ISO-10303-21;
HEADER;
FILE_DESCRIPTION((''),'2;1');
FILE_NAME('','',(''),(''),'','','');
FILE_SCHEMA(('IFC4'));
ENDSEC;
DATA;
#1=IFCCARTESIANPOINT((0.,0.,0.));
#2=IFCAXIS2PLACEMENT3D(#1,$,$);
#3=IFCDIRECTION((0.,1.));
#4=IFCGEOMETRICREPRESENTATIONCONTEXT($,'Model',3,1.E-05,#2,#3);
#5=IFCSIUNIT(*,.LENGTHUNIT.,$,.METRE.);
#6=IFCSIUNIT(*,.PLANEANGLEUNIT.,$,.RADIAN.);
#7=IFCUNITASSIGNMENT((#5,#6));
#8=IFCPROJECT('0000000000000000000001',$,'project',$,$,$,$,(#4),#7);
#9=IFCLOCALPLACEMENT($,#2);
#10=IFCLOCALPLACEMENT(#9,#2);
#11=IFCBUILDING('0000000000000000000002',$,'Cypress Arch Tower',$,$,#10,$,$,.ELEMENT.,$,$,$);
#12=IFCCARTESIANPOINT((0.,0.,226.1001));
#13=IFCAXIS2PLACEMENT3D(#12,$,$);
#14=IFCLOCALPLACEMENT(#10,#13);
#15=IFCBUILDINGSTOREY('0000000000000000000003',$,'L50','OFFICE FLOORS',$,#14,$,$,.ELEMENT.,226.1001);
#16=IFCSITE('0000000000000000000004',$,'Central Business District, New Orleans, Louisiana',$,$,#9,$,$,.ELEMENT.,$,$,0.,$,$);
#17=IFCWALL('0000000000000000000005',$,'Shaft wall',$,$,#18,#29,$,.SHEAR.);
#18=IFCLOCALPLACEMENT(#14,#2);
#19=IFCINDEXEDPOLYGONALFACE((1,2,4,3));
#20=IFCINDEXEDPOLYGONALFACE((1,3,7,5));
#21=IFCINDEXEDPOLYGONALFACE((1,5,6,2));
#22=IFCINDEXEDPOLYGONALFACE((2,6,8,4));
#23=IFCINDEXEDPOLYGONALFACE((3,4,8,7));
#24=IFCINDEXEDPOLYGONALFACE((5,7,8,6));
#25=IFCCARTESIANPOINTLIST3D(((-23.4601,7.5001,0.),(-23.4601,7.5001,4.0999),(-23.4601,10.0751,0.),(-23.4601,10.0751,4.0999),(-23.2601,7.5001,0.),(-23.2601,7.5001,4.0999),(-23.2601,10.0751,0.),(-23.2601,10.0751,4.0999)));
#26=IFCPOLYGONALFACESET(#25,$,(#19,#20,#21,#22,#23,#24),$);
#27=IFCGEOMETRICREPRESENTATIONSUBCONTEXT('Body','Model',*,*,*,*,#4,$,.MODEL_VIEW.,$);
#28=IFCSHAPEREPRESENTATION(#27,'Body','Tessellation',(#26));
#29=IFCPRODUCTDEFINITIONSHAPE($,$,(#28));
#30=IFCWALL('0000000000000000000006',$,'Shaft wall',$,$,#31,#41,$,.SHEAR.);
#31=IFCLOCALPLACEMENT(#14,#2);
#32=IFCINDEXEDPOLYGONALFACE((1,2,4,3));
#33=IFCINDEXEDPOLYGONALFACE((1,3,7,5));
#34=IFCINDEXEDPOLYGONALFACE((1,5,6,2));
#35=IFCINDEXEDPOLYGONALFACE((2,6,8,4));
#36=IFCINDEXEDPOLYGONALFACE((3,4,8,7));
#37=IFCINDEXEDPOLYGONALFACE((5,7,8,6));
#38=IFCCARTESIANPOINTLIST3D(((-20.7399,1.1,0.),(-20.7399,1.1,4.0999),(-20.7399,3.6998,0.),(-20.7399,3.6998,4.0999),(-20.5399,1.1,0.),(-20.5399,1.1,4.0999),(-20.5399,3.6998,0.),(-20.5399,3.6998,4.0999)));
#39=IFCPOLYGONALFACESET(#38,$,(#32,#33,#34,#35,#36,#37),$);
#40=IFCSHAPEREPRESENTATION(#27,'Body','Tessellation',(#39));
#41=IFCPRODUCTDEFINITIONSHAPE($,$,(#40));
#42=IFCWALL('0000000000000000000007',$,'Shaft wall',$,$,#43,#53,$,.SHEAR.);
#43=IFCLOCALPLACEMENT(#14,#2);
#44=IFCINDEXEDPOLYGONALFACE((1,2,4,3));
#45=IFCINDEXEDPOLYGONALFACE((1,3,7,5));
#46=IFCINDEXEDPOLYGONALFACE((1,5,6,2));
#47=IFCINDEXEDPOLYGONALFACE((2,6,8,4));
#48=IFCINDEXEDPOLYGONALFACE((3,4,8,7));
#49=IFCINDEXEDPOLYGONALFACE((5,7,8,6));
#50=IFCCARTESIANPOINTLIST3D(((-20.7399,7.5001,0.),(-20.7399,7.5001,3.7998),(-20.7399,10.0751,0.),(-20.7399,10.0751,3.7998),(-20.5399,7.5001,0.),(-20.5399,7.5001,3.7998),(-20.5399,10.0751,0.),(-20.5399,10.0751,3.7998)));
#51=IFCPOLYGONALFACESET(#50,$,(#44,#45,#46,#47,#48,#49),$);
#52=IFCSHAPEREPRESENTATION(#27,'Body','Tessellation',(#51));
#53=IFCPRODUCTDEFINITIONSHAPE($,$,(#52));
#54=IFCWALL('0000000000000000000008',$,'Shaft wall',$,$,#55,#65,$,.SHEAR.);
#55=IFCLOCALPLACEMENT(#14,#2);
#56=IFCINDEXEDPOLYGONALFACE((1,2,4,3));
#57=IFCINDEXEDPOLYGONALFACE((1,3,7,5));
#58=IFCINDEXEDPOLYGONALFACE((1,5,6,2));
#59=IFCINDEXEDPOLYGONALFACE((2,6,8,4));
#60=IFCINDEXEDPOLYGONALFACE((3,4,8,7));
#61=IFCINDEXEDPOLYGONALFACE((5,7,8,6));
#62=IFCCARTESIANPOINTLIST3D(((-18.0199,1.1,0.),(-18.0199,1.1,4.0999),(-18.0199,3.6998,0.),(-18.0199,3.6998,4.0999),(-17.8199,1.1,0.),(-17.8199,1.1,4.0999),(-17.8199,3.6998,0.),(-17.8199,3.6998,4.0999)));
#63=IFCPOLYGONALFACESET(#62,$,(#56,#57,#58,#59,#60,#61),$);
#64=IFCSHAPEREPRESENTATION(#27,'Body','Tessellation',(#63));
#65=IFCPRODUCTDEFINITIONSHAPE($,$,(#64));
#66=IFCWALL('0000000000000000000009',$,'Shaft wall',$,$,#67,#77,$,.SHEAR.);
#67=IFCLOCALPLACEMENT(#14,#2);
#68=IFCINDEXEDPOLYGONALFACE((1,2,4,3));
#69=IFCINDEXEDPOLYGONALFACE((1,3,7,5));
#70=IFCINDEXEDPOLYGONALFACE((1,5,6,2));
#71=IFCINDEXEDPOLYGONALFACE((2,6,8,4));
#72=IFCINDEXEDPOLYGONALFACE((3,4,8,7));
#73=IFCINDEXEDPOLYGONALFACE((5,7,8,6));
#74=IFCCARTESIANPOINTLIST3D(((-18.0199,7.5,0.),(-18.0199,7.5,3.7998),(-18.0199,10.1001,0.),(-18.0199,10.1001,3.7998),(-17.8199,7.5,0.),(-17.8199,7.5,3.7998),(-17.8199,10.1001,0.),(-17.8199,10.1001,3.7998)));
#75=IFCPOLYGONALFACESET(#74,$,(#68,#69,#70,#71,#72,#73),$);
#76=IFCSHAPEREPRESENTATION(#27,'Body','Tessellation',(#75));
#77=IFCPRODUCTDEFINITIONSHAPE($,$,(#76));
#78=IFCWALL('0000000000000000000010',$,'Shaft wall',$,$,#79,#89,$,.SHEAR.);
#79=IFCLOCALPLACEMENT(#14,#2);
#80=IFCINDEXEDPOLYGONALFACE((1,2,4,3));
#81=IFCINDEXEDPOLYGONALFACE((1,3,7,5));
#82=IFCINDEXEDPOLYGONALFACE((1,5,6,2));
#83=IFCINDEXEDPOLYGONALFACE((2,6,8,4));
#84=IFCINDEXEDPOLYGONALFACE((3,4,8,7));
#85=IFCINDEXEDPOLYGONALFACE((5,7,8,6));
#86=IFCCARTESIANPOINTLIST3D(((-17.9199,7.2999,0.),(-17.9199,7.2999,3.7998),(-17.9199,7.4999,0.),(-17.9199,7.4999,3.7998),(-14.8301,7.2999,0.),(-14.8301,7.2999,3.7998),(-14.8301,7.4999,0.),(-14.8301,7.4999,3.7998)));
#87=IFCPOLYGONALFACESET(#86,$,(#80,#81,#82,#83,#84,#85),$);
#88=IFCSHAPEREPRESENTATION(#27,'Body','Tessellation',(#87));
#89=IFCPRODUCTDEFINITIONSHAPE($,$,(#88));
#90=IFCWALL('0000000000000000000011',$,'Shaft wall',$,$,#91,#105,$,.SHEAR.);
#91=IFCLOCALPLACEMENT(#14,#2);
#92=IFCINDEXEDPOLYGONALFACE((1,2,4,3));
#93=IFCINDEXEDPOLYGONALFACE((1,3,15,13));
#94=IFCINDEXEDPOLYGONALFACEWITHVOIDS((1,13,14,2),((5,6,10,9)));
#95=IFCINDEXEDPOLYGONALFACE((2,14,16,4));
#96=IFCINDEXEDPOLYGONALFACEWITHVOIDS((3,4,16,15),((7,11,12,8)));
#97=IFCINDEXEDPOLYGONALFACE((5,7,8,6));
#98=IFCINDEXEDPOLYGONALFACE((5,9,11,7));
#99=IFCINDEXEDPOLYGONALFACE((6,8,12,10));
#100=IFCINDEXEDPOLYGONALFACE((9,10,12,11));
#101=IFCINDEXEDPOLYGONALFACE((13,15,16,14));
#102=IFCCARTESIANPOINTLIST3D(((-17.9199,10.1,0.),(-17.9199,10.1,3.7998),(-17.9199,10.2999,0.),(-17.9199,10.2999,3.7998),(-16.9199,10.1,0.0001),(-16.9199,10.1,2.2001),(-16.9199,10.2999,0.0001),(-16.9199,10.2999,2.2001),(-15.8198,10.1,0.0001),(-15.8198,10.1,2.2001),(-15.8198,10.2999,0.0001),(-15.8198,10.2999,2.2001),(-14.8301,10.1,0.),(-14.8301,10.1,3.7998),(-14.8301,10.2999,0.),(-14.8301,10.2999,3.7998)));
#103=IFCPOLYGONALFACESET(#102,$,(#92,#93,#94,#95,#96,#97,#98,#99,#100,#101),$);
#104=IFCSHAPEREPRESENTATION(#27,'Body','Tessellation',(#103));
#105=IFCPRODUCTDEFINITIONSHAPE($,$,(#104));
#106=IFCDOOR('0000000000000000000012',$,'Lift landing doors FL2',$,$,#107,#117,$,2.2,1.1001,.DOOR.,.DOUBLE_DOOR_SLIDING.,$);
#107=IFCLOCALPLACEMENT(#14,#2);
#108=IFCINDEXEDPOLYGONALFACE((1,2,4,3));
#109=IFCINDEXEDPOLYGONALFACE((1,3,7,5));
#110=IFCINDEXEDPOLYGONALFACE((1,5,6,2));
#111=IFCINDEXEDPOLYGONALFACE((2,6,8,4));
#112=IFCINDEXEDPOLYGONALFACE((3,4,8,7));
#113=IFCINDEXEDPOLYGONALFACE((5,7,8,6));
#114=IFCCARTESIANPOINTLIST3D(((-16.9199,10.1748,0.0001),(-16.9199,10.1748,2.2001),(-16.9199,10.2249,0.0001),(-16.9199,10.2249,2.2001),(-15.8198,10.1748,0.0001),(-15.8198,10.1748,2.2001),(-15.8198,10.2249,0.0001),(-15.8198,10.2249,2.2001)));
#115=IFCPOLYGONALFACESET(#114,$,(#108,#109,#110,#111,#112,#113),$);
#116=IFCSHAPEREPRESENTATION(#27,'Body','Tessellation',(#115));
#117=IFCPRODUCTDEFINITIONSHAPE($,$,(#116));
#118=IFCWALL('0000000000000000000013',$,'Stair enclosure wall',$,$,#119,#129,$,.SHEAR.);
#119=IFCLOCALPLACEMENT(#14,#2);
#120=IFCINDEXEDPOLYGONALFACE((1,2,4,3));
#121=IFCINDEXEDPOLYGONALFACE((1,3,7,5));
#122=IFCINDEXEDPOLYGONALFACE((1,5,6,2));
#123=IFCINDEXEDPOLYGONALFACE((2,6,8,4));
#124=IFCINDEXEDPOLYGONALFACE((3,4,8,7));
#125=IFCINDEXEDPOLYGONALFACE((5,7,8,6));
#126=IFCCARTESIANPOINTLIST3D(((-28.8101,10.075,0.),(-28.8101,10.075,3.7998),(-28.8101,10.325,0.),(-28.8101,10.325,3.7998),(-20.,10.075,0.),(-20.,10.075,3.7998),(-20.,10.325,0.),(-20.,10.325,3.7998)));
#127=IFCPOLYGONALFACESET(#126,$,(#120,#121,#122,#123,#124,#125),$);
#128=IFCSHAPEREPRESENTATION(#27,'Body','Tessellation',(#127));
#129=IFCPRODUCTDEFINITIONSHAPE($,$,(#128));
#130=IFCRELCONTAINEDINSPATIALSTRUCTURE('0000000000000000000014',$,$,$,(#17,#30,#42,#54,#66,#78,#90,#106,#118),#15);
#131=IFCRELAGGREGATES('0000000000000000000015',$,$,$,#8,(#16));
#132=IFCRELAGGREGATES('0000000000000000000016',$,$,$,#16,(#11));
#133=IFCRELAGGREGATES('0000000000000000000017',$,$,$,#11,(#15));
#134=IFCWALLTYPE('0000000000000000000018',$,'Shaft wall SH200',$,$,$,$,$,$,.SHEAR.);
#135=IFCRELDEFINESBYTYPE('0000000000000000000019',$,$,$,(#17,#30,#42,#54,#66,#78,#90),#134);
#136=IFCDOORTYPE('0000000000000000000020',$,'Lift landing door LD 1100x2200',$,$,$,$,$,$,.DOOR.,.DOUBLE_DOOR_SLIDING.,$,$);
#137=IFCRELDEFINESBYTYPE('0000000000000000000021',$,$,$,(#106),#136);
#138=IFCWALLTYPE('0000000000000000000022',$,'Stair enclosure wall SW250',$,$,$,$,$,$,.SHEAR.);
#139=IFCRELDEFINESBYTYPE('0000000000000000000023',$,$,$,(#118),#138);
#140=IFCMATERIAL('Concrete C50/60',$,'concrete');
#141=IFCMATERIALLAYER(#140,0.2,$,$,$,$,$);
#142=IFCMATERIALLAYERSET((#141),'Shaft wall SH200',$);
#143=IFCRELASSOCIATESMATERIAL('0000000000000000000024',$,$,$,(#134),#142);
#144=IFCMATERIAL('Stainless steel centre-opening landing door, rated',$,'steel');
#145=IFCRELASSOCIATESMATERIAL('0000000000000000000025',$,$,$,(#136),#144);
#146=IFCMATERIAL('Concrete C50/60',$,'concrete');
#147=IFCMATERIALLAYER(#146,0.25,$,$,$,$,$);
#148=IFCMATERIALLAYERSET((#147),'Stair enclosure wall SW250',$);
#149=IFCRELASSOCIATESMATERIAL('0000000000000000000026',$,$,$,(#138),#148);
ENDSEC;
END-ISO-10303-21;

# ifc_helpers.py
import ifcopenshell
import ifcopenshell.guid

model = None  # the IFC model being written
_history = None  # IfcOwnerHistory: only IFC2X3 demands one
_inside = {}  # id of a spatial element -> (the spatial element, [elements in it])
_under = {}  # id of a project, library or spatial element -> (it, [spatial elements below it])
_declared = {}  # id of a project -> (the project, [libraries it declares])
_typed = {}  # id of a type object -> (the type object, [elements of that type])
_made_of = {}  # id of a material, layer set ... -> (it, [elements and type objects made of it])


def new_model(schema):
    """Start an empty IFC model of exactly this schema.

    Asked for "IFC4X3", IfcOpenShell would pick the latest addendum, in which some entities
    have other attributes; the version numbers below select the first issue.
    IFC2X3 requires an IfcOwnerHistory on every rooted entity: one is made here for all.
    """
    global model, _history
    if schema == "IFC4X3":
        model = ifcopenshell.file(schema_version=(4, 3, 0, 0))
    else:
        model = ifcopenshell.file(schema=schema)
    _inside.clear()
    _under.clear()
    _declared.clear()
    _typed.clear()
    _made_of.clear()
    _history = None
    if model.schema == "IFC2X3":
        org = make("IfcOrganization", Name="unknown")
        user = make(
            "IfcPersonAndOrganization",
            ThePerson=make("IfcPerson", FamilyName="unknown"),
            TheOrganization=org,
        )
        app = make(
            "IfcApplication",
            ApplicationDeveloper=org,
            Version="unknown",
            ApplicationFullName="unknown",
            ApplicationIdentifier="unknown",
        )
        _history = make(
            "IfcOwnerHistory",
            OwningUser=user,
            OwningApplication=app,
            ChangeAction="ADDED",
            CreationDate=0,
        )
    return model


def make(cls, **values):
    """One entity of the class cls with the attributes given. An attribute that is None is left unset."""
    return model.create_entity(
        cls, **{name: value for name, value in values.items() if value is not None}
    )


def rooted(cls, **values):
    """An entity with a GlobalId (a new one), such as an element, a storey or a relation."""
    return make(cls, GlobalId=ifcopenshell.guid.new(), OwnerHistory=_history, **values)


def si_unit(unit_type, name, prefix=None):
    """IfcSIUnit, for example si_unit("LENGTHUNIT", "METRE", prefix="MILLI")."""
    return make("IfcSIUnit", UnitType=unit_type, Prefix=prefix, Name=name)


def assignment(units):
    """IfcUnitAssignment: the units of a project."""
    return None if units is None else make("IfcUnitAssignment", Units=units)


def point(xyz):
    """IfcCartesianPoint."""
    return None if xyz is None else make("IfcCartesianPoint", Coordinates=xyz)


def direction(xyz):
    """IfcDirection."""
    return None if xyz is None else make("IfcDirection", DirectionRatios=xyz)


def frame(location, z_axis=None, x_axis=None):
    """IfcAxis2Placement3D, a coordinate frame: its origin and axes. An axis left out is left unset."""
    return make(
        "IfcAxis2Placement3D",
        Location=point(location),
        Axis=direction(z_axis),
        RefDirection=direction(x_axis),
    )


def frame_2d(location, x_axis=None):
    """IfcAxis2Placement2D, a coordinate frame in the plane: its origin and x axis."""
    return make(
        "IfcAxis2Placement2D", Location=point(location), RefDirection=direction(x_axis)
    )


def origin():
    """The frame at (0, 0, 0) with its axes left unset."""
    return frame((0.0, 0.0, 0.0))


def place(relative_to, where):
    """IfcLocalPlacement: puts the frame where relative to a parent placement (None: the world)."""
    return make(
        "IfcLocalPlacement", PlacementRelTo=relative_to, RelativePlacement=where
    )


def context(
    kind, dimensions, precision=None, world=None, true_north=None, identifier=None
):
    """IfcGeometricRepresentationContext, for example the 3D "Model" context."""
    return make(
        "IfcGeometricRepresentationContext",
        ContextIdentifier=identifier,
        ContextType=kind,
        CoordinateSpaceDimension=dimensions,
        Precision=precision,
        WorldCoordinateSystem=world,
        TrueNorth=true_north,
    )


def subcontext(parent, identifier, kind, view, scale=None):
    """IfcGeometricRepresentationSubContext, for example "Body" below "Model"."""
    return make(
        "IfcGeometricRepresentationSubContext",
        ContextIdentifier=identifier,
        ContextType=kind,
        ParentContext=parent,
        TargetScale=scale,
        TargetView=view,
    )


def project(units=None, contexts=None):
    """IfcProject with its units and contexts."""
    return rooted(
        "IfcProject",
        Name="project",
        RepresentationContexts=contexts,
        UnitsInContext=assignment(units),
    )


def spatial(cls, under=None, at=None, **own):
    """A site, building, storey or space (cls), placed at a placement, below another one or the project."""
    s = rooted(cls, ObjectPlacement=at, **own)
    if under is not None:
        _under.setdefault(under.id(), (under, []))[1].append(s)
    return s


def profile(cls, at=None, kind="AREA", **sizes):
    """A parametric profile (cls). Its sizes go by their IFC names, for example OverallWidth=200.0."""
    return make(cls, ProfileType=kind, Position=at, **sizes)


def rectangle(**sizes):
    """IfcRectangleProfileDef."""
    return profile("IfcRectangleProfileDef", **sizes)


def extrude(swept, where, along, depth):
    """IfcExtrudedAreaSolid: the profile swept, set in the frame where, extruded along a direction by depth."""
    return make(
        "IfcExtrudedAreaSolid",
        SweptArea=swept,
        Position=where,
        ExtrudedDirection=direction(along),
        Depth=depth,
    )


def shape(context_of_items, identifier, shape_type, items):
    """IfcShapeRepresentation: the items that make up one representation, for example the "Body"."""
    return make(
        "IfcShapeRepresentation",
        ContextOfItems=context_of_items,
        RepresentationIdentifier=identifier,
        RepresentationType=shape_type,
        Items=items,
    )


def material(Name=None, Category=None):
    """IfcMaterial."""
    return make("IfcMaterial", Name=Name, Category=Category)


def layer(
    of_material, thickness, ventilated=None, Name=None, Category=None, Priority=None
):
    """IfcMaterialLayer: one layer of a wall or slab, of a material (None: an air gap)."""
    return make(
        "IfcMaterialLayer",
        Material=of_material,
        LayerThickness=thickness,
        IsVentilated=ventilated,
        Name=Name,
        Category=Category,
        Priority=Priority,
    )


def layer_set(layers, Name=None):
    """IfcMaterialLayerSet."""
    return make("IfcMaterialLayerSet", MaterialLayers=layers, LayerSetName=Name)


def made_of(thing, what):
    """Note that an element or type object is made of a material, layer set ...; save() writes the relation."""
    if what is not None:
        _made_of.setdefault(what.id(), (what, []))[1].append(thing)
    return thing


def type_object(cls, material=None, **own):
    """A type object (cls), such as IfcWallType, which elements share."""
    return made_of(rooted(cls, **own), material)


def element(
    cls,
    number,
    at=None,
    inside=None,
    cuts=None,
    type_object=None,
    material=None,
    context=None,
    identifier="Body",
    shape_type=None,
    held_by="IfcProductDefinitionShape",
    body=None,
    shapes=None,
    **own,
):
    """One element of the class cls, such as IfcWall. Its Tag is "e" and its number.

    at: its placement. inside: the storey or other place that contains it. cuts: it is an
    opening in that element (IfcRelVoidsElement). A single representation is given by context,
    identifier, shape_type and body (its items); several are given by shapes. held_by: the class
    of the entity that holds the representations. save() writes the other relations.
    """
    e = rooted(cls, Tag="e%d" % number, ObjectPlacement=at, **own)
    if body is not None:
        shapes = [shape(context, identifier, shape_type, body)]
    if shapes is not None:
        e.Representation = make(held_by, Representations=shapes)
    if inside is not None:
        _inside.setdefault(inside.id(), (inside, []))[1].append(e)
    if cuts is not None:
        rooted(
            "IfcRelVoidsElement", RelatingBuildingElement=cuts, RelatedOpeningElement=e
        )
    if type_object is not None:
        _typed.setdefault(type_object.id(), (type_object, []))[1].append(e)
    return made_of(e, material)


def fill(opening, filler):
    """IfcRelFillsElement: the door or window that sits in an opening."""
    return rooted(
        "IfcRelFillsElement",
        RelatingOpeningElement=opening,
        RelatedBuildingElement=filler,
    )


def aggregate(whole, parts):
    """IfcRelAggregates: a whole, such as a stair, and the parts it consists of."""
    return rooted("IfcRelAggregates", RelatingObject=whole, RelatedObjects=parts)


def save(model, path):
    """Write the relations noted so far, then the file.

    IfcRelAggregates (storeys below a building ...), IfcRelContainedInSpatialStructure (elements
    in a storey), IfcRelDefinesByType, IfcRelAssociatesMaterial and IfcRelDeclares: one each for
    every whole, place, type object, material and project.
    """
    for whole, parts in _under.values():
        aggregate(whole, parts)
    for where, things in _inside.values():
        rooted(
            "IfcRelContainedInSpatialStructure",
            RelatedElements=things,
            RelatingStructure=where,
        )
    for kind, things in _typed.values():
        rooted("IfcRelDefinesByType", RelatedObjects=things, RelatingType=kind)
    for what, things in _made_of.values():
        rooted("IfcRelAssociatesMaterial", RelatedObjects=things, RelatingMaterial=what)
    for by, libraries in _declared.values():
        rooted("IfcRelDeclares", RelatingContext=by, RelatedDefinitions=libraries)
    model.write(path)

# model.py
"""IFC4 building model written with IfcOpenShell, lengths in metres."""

from ifc_helpers import new_model, si_unit, direction, frame, frame_2d, origin, place, context, subcontext, project, spatial, rectangle, extrude, material, layer, layer_set, type_object, element, fill, save


model = new_model("IFC4")

# Units and contexts
model_context = context("Model", 3, precision=1e-05, world=origin(), true_north=direction((0.0, 1.0)))
body_context = subcontext(model_context, "Body", "Model", "MODEL_VIEW")
ifc_project = project(units=[si_unit("LENGTHUNIT", "METRE"), si_unit("PLANEANGLEUNIT", "RADIAN")], contexts=[model_context])

# Site, building, storey
site_placement = place(None, origin())
site = spatial("IfcSite", under=ifc_project, at=site_placement, Name="Central Business District, New Orleans, Louisiana", CompositionType="ELEMENT", RefElevation=0.0)
building_placement = place(site_placement, origin())
building = spatial("IfcBuilding", under=site, at=building_placement, Name="Cypress Arch Tower", CompositionType="ELEMENT")
storey_placement = place(building_placement, frame((0.0, 0.0, 226.1001)))
storey = spatial("IfcBuildingStorey", under=building, at=storey_placement, Name="L50", Description="OFFICE FLOORS", CompositionType="ELEMENT", Elevation=226.1001)

# Shared definitions
ifc_material_1 = material(Name="Concrete C50/60", Category="concrete")
ifc_layer_1 = layer(ifc_material_1, 0.2)
ifc_layer_set_1 = layer_set([ifc_layer_1], Name="Shaft wall SH200")
wall_type_1 = type_object("IfcWallType", Name="Shaft wall SH200", PredefinedType="SHEAR", material=ifc_layer_set_1)
ifc_material_2 = material(Name="Stainless steel centre-opening landing door, rated", Category="steel")
door_type_1 = type_object("IfcDoorType", Name="Lift landing door LD 1100x2200", OperationType="DOUBLE_DOOR_SLIDING", PredefinedType="DOOR", material=ifc_material_2)

# Walls
for number, where, z_axis, x_axis, name in (
    (1, (-23.3601, 7.5, 0.0), (0.0, 0.0, 1.0), (0.0, 1.0, 0.0), "Shaft wall"),
):
    element("IfcWall", number, at=place(storey_placement, frame(where, z_axis=z_axis, x_axis=x_axis)), inside=storey, type_object=wall_type_1, Name=name, PredefinedType="SHEAR", context=body_context, shape_type="SweptSolid", body=[
        extrude(rectangle(XDim=2.575, YDim=0.2, at=frame_2d((1.2876, 0.0))), origin(), (0.0, 0.0, 1.0), 4.0999),
    ])
wall_1_placement = place(storey_placement, frame((-20.6399, 1.1001, 0.0), z_axis=(0.0, 0.0, 1.0), x_axis=(0.0, 1.0, 0.0)))
element("IfcWall", 2, at=wall_1_placement, inside=storey, type_object=wall_type_1, Name="Shaft wall", PredefinedType="SHEAR", context=body_context, shape_type="SweptSolid", body=[
    extrude(rectangle(XDim=2.5999, YDim=0.2, at=frame_2d((1.2998, 0.0))), origin(), (0.0, 0.0, 1.0), 4.0999),
])
wall_2_placement = place(storey_placement, frame((-20.6399, 7.5, 0.0), z_axis=(0.0, 0.0, 1.0), x_axis=(0.0, 1.0, 0.0)))
element("IfcWall", 3, at=wall_2_placement, inside=storey, type_object=wall_type_1, Name="Shaft wall", PredefinedType="SHEAR", context=body_context, shape_type="SweptSolid", body=[
    extrude(rectangle(XDim=2.575, YDim=0.2, at=frame_2d((1.2876, 0.0))), origin(), (0.0, 0.0, 1.0), 3.7998),
])
wall_3_placement = place(storey_placement, frame((-17.9199, 1.1001, 0.0), z_axis=(0.0, 0.0, 1.0), x_axis=(0.0, 1.0, 0.0)))
element("IfcWall", 4, at=wall_3_placement, inside=storey, type_object=wall_type_1, Name="Shaft wall", PredefinedType="SHEAR", context=body_context, shape_type="SweptSolid", body=[
    extrude(rectangle(XDim=2.5999, YDim=0.2, at=frame_2d((1.2998, 0.0))), origin(), (0.0, 0.0, 1.0), 4.0999),
])
wall_4_placement = place(storey_placement, frame((-17.9199, 7.5, 0.0), z_axis=(0.0, 0.0, 1.0), x_axis=(0.0, 1.0, 0.0)))
element("IfcWall", 5, at=wall_4_placement, inside=storey, type_object=wall_type_1, Name="Shaft wall", PredefinedType="SHEAR", context=body_context, shape_type="SweptSolid", body=[
    extrude(rectangle(XDim=2.6001, YDim=0.2, at=frame_2d((1.3, 0.0))), origin(), (0.0, 0.0, 1.0), 3.7998),
])
wall_5_placement = place(storey_placement, frame((-17.9199, 7.3999, 0.0), z_axis=(0.0, 0.0, 1.0), x_axis=(1.0, 0.0, 0.0)))
element("IfcWall", 6, at=wall_5_placement, inside=storey, type_object=wall_type_1, Name="Shaft wall", PredefinedType="SHEAR", context=body_context, shape_type="SweptSolid", body=[
    extrude(rectangle(XDim=3.0898, YDim=0.2, at=frame_2d((1.5449, 0.0))), origin(), (0.0, 0.0, 1.0), 3.7998),
])

# Wall, opening, door
wall_6_placement = place(storey_placement, frame((-17.9199, 10.2, 0.0), z_axis=(0.0, 0.0, 1.0), x_axis=(1.0, 0.0, 0.0)))
wall_6 = element("IfcWall", 7, at=wall_6_placement, inside=storey, type_object=wall_type_1, Name="Shaft wall", PredefinedType="SHEAR", context=body_context, shape_type="SweptSolid", body=[
    extrude(rectangle(XDim=3.0898, YDim=0.2, at=frame_2d((1.5449, 0.0))), origin(), (0.0, 0.0, 1.0), 3.7998),
])
opening_1_placement = place(wall_6_placement, frame((1.0, 0.0, 0.0)))
opening_1 = element("IfcOpeningElement", 8, at=opening_1_placement, cuts=wall_6, PredefinedType="OPENING", context=body_context, shape_type="SweptSolid", body=[
    extrude(rectangle(XDim=1.1001, YDim=2.2, at=frame_2d((0.55, 1.1001))), frame((0.0, 0.1099, 0.0), z_axis=(0.0, -1.0, 0.0), x_axis=(1.0, 0.0, 0.0)), (0.0, 0.0, 1.0), 0.22),
])
door_1_placement = place(opening_1_placement, origin())
door_1 = element("IfcDoor", 9, at=door_1_placement, inside=storey, type_object=door_type_1, Name="Lift landing doors FL2", OperationType="DOUBLE_DOOR_SLIDING", OverallHeight=2.2, OverallWidth=1.1001, PredefinedType="DOOR", context=body_context, shape_type="SweptSolid", body=[
    extrude(rectangle(XDim=1.1001, YDim=2.2, at=frame_2d((0.55, 1.1001))), frame((0.0, 0.0249, 0.0), z_axis=(0.0, -1.0, 0.0), x_axis=(1.0, 0.0, 0.0)), (0.0, 0.0, 1.0), 0.05),
])
fill(opening_1, door_1)

# Wall
ifc_material_3 = material(Name="Concrete C50/60", Category="concrete")
ifc_layer_2 = layer(ifc_material_3, 0.25)
ifc_layer_set_2 = layer_set([ifc_layer_2], Name="Stair enclosure wall SW250")
wall_type_2 = type_object("IfcWallType", Name="Stair enclosure wall SW250", PredefinedType="SHEAR", material=ifc_layer_set_2)
wall_7_placement = place(storey_placement, frame((-28.8101, 10.2, 0.0), z_axis=(0.0, 0.0, 1.0), x_axis=(1.0, 0.0, 0.0)))
element("IfcWall", 10, at=wall_7_placement, inside=storey, type_object=wall_type_2, Name="Stair enclosure wall", PredefinedType="SHEAR", context=body_context, shape_type="SweptSolid", body=[
    extrude(rectangle(XDim=8.8101, YDim=0.25, at=frame_2d((4.405, 0.0))), origin(), (0.0, 0.0, 1.0), 3.7998),
])

save(model, "model.ifc")
